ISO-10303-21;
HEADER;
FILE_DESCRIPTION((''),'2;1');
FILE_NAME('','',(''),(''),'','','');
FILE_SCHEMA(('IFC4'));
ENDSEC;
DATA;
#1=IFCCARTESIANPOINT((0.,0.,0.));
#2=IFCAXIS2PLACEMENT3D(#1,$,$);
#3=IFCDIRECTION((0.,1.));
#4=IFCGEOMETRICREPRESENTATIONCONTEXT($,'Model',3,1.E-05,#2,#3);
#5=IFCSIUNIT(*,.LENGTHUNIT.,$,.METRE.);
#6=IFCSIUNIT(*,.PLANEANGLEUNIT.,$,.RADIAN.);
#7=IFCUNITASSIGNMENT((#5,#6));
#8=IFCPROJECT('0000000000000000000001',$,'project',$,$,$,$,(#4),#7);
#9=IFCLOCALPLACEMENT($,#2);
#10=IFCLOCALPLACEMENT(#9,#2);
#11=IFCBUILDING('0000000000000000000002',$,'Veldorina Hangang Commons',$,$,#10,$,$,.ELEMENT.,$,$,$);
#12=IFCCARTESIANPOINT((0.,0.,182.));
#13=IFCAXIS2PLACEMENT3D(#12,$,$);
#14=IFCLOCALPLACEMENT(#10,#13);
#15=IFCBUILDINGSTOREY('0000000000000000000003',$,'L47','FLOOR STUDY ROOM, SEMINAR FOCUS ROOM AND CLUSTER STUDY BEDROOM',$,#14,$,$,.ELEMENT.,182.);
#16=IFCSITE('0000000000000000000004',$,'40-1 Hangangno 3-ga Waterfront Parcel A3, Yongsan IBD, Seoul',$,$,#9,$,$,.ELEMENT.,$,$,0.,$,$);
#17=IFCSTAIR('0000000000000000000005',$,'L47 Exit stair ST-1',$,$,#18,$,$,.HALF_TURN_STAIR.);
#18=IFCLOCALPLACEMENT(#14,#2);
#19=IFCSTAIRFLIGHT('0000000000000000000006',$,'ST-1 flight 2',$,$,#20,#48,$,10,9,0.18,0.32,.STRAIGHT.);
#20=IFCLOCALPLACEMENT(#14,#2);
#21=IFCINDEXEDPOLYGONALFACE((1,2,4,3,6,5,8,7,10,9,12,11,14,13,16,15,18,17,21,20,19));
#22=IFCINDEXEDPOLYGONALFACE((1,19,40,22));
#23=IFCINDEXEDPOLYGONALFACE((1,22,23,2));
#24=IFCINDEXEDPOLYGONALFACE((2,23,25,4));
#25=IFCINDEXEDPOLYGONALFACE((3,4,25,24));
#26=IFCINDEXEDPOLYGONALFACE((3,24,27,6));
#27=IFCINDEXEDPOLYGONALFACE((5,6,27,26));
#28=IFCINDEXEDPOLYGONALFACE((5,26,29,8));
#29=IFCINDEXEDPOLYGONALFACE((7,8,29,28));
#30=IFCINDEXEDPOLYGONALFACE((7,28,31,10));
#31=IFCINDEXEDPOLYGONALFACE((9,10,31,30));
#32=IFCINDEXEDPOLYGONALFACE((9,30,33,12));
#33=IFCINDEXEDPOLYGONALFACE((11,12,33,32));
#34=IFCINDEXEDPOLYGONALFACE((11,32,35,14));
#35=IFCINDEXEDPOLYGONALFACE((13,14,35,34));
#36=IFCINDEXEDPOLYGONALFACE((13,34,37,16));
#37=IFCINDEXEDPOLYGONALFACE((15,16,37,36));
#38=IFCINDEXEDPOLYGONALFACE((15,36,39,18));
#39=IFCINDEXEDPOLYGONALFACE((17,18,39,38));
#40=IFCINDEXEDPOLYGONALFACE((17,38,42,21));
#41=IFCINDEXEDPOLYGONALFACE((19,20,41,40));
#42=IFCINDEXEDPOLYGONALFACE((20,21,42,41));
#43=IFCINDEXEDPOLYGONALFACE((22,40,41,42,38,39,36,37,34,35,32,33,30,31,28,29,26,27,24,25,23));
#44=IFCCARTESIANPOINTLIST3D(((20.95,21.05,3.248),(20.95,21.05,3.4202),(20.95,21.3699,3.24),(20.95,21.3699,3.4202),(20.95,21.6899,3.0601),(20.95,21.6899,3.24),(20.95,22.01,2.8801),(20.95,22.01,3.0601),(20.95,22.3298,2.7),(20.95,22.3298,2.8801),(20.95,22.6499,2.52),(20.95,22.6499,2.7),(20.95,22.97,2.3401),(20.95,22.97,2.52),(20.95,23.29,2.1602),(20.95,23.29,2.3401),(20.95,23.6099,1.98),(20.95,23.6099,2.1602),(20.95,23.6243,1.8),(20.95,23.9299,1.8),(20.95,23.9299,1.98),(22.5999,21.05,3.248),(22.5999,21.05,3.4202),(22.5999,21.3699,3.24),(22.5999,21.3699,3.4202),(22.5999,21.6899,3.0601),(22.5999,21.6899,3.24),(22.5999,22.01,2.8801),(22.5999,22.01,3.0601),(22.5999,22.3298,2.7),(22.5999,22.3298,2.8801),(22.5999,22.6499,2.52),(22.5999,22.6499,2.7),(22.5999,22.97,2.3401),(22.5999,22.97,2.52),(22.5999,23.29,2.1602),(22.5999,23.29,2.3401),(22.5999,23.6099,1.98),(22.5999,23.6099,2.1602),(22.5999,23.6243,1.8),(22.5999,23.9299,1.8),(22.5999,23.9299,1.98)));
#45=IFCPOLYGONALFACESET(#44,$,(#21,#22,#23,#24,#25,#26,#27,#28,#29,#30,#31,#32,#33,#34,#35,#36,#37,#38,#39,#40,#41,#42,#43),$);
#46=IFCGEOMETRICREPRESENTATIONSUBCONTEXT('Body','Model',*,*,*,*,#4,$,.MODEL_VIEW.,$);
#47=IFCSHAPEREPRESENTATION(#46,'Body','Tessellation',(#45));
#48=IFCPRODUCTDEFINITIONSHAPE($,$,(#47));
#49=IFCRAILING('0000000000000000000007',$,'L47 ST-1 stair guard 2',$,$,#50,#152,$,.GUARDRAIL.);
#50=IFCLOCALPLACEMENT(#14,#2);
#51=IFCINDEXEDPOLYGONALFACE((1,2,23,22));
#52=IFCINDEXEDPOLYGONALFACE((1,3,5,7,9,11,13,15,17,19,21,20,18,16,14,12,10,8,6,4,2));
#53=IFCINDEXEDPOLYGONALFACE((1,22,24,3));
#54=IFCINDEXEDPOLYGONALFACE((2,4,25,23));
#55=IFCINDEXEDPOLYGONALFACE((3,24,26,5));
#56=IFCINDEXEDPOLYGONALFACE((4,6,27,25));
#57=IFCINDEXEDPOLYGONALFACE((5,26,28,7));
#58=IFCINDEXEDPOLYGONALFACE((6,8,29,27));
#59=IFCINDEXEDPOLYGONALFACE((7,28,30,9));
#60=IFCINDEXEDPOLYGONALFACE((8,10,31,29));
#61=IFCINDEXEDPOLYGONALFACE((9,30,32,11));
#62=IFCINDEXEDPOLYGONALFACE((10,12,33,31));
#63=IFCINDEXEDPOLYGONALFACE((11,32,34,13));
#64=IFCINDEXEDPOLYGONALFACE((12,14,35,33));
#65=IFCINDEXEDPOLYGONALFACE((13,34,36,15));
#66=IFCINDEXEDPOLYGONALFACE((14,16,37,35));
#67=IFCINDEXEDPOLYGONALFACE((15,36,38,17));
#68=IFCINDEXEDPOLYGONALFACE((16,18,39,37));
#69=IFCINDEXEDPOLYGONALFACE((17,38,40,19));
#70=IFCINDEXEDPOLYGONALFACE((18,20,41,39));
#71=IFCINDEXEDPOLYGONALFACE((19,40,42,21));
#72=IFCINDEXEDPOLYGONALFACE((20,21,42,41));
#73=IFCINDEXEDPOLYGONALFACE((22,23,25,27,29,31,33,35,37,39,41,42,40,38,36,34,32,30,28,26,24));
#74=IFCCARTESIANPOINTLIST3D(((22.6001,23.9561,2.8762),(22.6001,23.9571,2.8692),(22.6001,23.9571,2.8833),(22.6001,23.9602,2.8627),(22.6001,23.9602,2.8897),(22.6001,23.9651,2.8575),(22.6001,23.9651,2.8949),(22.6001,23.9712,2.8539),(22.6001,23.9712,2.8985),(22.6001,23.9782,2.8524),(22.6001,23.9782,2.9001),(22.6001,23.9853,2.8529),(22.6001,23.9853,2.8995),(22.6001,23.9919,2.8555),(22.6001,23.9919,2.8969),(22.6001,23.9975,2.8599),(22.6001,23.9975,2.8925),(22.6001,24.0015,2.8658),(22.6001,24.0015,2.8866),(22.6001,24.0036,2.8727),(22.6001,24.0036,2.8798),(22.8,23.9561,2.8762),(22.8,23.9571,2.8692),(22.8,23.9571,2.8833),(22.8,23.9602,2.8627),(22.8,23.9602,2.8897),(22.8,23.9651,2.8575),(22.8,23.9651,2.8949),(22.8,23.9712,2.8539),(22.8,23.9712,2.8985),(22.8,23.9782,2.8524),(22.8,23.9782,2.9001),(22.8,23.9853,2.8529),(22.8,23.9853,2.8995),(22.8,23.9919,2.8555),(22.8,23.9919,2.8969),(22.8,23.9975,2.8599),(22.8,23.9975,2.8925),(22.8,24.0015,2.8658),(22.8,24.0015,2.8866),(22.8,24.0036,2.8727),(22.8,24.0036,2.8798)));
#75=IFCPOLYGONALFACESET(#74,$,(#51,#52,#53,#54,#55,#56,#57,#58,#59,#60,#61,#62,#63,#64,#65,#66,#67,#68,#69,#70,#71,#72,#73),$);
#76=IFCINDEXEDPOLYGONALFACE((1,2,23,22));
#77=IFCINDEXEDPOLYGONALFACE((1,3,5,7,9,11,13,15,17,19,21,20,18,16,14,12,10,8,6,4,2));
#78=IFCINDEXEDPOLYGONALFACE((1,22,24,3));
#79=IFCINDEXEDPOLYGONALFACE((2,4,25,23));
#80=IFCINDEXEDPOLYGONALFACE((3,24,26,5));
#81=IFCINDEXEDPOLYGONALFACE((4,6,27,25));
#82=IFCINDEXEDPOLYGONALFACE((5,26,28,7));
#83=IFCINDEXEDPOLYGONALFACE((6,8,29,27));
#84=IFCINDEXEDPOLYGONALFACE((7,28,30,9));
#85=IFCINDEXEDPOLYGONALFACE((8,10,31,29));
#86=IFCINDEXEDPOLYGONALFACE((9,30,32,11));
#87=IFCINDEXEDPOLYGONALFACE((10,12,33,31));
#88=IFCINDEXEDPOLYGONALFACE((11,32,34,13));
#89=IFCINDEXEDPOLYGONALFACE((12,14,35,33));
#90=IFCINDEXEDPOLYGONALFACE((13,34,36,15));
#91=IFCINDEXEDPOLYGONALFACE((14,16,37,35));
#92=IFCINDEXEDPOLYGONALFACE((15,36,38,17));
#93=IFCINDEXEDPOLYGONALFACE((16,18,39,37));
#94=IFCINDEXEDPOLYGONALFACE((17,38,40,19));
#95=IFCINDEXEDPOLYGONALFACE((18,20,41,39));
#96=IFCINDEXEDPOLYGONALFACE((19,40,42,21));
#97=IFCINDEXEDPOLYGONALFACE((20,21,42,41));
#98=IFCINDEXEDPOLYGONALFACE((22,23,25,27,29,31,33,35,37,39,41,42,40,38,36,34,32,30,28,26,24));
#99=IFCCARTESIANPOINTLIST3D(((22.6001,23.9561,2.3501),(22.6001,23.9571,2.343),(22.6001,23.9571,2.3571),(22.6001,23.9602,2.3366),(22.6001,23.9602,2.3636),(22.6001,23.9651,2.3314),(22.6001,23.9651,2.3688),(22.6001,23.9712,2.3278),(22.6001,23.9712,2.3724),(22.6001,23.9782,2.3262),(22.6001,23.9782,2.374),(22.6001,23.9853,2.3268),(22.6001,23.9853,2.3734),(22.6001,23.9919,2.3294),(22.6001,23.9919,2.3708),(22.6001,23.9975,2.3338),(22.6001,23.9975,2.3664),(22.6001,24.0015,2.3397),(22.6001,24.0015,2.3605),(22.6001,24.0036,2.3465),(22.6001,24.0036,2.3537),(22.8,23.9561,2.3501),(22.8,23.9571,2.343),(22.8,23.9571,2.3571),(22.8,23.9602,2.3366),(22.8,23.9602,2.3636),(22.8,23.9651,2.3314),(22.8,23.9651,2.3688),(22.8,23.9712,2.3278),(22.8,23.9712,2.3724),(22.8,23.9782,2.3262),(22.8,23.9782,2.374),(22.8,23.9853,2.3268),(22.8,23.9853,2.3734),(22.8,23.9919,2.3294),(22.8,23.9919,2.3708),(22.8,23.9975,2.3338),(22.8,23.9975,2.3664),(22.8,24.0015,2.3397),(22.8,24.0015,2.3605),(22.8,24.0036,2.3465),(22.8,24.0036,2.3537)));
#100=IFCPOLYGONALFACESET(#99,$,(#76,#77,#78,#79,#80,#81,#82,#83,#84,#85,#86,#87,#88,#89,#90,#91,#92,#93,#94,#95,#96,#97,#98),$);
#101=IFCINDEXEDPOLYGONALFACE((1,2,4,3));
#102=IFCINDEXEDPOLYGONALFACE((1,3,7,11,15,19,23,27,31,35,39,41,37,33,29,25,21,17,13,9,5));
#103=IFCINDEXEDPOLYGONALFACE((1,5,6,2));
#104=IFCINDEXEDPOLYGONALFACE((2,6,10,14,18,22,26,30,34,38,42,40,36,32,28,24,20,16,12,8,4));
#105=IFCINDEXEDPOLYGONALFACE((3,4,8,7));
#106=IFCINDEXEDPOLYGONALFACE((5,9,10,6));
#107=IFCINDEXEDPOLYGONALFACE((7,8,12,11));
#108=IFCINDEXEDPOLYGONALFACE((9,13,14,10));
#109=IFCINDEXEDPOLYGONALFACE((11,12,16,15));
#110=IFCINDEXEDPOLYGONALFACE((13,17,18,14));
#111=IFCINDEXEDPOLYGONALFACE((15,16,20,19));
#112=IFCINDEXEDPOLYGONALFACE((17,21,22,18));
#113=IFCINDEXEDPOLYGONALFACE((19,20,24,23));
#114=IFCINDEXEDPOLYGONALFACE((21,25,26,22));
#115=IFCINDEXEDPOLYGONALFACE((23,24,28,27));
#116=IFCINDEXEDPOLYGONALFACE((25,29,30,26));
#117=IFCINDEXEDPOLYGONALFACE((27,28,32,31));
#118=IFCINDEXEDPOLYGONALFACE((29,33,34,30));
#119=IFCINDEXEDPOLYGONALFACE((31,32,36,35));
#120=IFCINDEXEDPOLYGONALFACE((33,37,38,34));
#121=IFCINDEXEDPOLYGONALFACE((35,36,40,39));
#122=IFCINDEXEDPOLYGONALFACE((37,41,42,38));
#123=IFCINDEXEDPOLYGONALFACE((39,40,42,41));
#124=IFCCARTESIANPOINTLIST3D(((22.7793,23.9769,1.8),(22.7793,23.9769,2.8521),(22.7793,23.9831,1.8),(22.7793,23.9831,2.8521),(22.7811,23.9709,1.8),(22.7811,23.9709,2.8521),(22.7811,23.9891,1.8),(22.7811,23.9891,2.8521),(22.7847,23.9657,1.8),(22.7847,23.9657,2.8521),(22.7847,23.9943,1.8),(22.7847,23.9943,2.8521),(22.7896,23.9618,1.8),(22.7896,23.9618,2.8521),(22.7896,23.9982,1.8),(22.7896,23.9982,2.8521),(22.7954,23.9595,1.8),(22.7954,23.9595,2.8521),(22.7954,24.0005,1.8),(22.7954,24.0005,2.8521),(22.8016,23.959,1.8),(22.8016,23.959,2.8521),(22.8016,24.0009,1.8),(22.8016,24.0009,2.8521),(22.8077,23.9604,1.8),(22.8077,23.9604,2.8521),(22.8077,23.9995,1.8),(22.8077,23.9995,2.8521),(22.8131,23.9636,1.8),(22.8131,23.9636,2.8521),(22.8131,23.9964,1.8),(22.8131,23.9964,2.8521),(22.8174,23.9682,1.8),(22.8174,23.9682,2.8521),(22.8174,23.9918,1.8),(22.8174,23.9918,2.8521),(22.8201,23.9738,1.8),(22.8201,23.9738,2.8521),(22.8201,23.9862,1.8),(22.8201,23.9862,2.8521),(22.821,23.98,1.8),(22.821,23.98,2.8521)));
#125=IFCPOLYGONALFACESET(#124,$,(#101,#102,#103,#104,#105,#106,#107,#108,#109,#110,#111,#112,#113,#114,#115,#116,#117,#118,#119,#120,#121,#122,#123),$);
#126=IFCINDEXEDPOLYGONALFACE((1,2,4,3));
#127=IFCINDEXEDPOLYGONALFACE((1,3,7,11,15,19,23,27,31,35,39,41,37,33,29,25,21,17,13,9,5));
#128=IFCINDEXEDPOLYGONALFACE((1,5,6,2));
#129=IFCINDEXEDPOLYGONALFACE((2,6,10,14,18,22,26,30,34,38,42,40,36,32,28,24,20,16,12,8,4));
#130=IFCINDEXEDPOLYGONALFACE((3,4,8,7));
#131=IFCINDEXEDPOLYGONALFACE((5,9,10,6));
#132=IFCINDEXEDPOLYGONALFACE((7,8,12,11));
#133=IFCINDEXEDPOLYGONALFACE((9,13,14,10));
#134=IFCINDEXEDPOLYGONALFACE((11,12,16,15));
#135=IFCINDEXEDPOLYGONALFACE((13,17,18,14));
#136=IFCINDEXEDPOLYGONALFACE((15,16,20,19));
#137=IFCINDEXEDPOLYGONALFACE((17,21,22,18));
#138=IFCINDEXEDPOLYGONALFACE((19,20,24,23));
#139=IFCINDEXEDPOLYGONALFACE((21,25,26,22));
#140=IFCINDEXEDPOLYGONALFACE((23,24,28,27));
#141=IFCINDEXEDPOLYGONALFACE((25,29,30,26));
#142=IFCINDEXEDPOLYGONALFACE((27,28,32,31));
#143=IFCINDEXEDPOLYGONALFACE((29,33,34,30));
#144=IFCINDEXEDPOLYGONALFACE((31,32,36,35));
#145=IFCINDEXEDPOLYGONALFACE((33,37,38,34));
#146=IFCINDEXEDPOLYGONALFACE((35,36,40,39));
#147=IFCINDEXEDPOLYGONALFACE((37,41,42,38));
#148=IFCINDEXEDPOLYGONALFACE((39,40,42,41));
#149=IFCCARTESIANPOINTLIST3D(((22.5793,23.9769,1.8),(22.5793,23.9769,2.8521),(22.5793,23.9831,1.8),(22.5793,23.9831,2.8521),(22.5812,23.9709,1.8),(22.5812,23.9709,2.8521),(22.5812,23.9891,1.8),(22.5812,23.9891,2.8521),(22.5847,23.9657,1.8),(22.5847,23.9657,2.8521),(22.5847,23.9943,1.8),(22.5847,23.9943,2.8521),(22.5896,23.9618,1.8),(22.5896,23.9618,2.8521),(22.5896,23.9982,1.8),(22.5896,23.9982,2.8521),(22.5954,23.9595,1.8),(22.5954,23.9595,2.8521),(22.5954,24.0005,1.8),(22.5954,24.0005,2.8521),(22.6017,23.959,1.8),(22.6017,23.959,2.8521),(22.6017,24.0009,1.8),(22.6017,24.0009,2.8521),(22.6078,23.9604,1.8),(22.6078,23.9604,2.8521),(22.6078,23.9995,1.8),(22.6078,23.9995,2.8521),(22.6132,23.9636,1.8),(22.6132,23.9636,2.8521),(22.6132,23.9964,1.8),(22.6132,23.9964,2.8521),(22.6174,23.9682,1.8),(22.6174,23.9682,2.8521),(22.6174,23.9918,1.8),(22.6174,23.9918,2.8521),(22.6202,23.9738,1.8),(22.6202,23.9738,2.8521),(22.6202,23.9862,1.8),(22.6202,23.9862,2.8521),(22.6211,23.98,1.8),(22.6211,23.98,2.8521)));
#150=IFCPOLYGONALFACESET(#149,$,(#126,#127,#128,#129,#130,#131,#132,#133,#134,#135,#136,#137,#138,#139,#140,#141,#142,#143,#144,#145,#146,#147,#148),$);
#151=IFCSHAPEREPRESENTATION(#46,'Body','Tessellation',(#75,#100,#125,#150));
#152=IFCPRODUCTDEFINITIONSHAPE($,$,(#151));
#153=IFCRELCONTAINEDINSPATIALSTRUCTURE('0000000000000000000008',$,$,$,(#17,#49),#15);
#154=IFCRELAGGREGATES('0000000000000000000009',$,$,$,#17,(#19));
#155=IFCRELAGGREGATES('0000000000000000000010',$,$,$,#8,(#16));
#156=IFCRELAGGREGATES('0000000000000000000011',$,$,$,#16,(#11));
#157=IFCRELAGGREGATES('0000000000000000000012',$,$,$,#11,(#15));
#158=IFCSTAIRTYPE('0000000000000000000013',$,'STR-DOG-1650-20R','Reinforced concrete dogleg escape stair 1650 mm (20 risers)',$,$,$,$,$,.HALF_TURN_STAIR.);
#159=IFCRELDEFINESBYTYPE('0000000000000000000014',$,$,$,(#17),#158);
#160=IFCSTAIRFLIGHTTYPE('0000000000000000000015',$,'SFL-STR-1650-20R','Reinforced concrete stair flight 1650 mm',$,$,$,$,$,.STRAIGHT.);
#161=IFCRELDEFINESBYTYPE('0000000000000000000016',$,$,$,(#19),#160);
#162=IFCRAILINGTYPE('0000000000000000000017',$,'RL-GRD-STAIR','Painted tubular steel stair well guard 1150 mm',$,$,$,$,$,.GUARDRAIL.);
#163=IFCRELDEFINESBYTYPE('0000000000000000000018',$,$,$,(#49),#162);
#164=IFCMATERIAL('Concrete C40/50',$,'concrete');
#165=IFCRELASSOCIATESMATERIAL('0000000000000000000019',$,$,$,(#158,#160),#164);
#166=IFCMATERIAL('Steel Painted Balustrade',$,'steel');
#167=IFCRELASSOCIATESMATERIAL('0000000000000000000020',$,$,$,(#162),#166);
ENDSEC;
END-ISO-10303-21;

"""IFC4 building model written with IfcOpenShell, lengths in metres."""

from ifc_helpers import new_model, si_unit, direction, frame, origin, origin_2d, place, context, subcontext, project, spatial, polyline, circle, outline, extrude, material, type_object, element, aggregate, save


model = new_model("IFC4")

# Units and contexts
model_context = context("Model", 3, precision=1e-05, world=origin(), true_north=direction((0.0, 1.0)))
body_context = subcontext(model_context, "Body", "Model", "MODEL_VIEW")
ifc_project = project(units=[si_unit("LENGTHUNIT", "METRE"), si_unit("PLANEANGLEUNIT", "RADIAN")], contexts=[model_context])

# Site, building, storey
site_placement = place(None, origin())
site = spatial("IfcSite", under=ifc_project, at=site_placement, Name="40-1 Hangangno 3-ga Waterfront Parcel A3, Yongsan IBD, Seoul", CompositionType="ELEMENT", RefElevation=0.0)
building_placement = place(site_placement, origin())
building = spatial("IfcBuilding", under=site, at=building_placement, Name="Veldorina Hangang Commons", CompositionType="ELEMENT")
storey_placement = place(building_placement, frame((0.0, 0.0, 182.0)))
storey = spatial("IfcBuildingStorey", under=building, at=storey_placement, Name="L47", Description="FLOOR STUDY ROOM, SEMINAR FOCUS ROOM AND CLUSTER STUDY BEDROOM", CompositionType="ELEMENT", Elevation=182.0)

# Stair, stair flight
ifc_material_1 = material(Name="Concrete C40/50", Category="concrete")
stair_type = type_object("IfcStairType", Name="STR-DOG-1650-20R", Description="Reinforced concrete dogleg escape stair 1650 mm (20 risers)", PredefinedType="HALF_TURN_STAIR", material=ifc_material_1)
stair_placement = place(storey_placement, origin())
stair = element("IfcStair", 1, at=stair_placement, inside=storey, type_object=stair_type, Name="L47 Exit stair ST-1", PredefinedType="HALF_TURN_STAIR")
stair_flight_type = type_object("IfcStairFlightType", Name="SFL-STR-1650-20R", Description="Reinforced concrete stair flight 1650 mm", PredefinedType="STRAIGHT", material=ifc_material_1)
stair_flight_placement = place(storey_placement, frame((21.7749, 23.9299, 1.8), z_axis=(0.0, 0.0, 1.0), x_axis=(0.0, -1.0, 0.0)))
stair_flight = element("IfcStairFlight", 2, at=stair_flight_placement, type_object=stair_flight_type, Name="ST-1 flight 2", NumberOfRisers=10, NumberOfTreads=9, PredefinedType="STRAIGHT", RiserHeight=0.18, TreadLength=0.32, context=body_context, shape_type="SweptSolid", body=[
    extrude(outline(polyline([(0.0, 0.0), (0.0, 0.1799), (0.3201, 0.1799), (0.3201, 0.3601), (0.6399, 0.3601), (0.6399, 0.54), (0.96, 0.54), (0.96, 0.72), (1.28, 0.72), (1.28, 0.8999), (1.6001, 0.8999), (1.6001, 1.0801), (1.9199, 1.0801), (1.9199, 1.26), (2.24, 1.26), (2.24, 1.4399), (2.5601, 1.4399), (2.5601, 1.6201), (2.8799, 1.6201), (2.8799, 1.8), (2.8799, 1.448), (0.3057, 0.0), (0.0, 0.0)])), frame((0.0, 0.825, 0.0), z_axis=(0.0, -1.0, 0.0), x_axis=(1.0, 0.0, 0.0)), (0.0, 0.0, 1.0), 1.6499),
])
aggregate(stair, [stair_flight])

# Railing
ifc_material_2 = material(Name="Steel Painted Balustrade", Category="steel")
railing_type = type_object("IfcRailingType", Name="RL-GRD-STAIR", Description="Painted tubular steel stair well guard 1150 mm", PredefinedType="GUARDRAIL", material=ifc_material_2)
railing_1_placement = place(storey_placement, frame((22.8, 23.98, 1.8)))
element("IfcRailing", 3, at=railing_1_placement, inside=storey, type_object=railing_type, Name="L47 ST-1 stair guard 2", PredefinedType="GUARDRAIL", context=body_context, shape_type="SweptSolid", body=[
    extrude(circle(Radius=0.0239, at=origin_2d()), frame((0.0, 0.0, 1.0762), z_axis=(-1.0, 0.0, 0.0), x_axis=(0.0, -1.0, 0.0)), (0.0, 0.0, 1.0), 0.2),
    extrude(circle(Radius=0.0239, at=origin_2d()), frame((0.0, 0.0, 0.55), z_axis=(-1.0, 0.0, 0.0), x_axis=(0.0, -1.0, 0.0)), (0.0, 0.0, 1.0), 0.2),
    extrude(circle(Radius=0.021, at=origin_2d()), origin(), (0.0, 0.0, 1.0), 1.052),
    extrude(circle(Radius=0.021, at=origin_2d()), frame((-0.2, 0.0, 0.0)), (0.0, 0.0, 1.0), 1.052),
])

save(model, "model.ifc")
